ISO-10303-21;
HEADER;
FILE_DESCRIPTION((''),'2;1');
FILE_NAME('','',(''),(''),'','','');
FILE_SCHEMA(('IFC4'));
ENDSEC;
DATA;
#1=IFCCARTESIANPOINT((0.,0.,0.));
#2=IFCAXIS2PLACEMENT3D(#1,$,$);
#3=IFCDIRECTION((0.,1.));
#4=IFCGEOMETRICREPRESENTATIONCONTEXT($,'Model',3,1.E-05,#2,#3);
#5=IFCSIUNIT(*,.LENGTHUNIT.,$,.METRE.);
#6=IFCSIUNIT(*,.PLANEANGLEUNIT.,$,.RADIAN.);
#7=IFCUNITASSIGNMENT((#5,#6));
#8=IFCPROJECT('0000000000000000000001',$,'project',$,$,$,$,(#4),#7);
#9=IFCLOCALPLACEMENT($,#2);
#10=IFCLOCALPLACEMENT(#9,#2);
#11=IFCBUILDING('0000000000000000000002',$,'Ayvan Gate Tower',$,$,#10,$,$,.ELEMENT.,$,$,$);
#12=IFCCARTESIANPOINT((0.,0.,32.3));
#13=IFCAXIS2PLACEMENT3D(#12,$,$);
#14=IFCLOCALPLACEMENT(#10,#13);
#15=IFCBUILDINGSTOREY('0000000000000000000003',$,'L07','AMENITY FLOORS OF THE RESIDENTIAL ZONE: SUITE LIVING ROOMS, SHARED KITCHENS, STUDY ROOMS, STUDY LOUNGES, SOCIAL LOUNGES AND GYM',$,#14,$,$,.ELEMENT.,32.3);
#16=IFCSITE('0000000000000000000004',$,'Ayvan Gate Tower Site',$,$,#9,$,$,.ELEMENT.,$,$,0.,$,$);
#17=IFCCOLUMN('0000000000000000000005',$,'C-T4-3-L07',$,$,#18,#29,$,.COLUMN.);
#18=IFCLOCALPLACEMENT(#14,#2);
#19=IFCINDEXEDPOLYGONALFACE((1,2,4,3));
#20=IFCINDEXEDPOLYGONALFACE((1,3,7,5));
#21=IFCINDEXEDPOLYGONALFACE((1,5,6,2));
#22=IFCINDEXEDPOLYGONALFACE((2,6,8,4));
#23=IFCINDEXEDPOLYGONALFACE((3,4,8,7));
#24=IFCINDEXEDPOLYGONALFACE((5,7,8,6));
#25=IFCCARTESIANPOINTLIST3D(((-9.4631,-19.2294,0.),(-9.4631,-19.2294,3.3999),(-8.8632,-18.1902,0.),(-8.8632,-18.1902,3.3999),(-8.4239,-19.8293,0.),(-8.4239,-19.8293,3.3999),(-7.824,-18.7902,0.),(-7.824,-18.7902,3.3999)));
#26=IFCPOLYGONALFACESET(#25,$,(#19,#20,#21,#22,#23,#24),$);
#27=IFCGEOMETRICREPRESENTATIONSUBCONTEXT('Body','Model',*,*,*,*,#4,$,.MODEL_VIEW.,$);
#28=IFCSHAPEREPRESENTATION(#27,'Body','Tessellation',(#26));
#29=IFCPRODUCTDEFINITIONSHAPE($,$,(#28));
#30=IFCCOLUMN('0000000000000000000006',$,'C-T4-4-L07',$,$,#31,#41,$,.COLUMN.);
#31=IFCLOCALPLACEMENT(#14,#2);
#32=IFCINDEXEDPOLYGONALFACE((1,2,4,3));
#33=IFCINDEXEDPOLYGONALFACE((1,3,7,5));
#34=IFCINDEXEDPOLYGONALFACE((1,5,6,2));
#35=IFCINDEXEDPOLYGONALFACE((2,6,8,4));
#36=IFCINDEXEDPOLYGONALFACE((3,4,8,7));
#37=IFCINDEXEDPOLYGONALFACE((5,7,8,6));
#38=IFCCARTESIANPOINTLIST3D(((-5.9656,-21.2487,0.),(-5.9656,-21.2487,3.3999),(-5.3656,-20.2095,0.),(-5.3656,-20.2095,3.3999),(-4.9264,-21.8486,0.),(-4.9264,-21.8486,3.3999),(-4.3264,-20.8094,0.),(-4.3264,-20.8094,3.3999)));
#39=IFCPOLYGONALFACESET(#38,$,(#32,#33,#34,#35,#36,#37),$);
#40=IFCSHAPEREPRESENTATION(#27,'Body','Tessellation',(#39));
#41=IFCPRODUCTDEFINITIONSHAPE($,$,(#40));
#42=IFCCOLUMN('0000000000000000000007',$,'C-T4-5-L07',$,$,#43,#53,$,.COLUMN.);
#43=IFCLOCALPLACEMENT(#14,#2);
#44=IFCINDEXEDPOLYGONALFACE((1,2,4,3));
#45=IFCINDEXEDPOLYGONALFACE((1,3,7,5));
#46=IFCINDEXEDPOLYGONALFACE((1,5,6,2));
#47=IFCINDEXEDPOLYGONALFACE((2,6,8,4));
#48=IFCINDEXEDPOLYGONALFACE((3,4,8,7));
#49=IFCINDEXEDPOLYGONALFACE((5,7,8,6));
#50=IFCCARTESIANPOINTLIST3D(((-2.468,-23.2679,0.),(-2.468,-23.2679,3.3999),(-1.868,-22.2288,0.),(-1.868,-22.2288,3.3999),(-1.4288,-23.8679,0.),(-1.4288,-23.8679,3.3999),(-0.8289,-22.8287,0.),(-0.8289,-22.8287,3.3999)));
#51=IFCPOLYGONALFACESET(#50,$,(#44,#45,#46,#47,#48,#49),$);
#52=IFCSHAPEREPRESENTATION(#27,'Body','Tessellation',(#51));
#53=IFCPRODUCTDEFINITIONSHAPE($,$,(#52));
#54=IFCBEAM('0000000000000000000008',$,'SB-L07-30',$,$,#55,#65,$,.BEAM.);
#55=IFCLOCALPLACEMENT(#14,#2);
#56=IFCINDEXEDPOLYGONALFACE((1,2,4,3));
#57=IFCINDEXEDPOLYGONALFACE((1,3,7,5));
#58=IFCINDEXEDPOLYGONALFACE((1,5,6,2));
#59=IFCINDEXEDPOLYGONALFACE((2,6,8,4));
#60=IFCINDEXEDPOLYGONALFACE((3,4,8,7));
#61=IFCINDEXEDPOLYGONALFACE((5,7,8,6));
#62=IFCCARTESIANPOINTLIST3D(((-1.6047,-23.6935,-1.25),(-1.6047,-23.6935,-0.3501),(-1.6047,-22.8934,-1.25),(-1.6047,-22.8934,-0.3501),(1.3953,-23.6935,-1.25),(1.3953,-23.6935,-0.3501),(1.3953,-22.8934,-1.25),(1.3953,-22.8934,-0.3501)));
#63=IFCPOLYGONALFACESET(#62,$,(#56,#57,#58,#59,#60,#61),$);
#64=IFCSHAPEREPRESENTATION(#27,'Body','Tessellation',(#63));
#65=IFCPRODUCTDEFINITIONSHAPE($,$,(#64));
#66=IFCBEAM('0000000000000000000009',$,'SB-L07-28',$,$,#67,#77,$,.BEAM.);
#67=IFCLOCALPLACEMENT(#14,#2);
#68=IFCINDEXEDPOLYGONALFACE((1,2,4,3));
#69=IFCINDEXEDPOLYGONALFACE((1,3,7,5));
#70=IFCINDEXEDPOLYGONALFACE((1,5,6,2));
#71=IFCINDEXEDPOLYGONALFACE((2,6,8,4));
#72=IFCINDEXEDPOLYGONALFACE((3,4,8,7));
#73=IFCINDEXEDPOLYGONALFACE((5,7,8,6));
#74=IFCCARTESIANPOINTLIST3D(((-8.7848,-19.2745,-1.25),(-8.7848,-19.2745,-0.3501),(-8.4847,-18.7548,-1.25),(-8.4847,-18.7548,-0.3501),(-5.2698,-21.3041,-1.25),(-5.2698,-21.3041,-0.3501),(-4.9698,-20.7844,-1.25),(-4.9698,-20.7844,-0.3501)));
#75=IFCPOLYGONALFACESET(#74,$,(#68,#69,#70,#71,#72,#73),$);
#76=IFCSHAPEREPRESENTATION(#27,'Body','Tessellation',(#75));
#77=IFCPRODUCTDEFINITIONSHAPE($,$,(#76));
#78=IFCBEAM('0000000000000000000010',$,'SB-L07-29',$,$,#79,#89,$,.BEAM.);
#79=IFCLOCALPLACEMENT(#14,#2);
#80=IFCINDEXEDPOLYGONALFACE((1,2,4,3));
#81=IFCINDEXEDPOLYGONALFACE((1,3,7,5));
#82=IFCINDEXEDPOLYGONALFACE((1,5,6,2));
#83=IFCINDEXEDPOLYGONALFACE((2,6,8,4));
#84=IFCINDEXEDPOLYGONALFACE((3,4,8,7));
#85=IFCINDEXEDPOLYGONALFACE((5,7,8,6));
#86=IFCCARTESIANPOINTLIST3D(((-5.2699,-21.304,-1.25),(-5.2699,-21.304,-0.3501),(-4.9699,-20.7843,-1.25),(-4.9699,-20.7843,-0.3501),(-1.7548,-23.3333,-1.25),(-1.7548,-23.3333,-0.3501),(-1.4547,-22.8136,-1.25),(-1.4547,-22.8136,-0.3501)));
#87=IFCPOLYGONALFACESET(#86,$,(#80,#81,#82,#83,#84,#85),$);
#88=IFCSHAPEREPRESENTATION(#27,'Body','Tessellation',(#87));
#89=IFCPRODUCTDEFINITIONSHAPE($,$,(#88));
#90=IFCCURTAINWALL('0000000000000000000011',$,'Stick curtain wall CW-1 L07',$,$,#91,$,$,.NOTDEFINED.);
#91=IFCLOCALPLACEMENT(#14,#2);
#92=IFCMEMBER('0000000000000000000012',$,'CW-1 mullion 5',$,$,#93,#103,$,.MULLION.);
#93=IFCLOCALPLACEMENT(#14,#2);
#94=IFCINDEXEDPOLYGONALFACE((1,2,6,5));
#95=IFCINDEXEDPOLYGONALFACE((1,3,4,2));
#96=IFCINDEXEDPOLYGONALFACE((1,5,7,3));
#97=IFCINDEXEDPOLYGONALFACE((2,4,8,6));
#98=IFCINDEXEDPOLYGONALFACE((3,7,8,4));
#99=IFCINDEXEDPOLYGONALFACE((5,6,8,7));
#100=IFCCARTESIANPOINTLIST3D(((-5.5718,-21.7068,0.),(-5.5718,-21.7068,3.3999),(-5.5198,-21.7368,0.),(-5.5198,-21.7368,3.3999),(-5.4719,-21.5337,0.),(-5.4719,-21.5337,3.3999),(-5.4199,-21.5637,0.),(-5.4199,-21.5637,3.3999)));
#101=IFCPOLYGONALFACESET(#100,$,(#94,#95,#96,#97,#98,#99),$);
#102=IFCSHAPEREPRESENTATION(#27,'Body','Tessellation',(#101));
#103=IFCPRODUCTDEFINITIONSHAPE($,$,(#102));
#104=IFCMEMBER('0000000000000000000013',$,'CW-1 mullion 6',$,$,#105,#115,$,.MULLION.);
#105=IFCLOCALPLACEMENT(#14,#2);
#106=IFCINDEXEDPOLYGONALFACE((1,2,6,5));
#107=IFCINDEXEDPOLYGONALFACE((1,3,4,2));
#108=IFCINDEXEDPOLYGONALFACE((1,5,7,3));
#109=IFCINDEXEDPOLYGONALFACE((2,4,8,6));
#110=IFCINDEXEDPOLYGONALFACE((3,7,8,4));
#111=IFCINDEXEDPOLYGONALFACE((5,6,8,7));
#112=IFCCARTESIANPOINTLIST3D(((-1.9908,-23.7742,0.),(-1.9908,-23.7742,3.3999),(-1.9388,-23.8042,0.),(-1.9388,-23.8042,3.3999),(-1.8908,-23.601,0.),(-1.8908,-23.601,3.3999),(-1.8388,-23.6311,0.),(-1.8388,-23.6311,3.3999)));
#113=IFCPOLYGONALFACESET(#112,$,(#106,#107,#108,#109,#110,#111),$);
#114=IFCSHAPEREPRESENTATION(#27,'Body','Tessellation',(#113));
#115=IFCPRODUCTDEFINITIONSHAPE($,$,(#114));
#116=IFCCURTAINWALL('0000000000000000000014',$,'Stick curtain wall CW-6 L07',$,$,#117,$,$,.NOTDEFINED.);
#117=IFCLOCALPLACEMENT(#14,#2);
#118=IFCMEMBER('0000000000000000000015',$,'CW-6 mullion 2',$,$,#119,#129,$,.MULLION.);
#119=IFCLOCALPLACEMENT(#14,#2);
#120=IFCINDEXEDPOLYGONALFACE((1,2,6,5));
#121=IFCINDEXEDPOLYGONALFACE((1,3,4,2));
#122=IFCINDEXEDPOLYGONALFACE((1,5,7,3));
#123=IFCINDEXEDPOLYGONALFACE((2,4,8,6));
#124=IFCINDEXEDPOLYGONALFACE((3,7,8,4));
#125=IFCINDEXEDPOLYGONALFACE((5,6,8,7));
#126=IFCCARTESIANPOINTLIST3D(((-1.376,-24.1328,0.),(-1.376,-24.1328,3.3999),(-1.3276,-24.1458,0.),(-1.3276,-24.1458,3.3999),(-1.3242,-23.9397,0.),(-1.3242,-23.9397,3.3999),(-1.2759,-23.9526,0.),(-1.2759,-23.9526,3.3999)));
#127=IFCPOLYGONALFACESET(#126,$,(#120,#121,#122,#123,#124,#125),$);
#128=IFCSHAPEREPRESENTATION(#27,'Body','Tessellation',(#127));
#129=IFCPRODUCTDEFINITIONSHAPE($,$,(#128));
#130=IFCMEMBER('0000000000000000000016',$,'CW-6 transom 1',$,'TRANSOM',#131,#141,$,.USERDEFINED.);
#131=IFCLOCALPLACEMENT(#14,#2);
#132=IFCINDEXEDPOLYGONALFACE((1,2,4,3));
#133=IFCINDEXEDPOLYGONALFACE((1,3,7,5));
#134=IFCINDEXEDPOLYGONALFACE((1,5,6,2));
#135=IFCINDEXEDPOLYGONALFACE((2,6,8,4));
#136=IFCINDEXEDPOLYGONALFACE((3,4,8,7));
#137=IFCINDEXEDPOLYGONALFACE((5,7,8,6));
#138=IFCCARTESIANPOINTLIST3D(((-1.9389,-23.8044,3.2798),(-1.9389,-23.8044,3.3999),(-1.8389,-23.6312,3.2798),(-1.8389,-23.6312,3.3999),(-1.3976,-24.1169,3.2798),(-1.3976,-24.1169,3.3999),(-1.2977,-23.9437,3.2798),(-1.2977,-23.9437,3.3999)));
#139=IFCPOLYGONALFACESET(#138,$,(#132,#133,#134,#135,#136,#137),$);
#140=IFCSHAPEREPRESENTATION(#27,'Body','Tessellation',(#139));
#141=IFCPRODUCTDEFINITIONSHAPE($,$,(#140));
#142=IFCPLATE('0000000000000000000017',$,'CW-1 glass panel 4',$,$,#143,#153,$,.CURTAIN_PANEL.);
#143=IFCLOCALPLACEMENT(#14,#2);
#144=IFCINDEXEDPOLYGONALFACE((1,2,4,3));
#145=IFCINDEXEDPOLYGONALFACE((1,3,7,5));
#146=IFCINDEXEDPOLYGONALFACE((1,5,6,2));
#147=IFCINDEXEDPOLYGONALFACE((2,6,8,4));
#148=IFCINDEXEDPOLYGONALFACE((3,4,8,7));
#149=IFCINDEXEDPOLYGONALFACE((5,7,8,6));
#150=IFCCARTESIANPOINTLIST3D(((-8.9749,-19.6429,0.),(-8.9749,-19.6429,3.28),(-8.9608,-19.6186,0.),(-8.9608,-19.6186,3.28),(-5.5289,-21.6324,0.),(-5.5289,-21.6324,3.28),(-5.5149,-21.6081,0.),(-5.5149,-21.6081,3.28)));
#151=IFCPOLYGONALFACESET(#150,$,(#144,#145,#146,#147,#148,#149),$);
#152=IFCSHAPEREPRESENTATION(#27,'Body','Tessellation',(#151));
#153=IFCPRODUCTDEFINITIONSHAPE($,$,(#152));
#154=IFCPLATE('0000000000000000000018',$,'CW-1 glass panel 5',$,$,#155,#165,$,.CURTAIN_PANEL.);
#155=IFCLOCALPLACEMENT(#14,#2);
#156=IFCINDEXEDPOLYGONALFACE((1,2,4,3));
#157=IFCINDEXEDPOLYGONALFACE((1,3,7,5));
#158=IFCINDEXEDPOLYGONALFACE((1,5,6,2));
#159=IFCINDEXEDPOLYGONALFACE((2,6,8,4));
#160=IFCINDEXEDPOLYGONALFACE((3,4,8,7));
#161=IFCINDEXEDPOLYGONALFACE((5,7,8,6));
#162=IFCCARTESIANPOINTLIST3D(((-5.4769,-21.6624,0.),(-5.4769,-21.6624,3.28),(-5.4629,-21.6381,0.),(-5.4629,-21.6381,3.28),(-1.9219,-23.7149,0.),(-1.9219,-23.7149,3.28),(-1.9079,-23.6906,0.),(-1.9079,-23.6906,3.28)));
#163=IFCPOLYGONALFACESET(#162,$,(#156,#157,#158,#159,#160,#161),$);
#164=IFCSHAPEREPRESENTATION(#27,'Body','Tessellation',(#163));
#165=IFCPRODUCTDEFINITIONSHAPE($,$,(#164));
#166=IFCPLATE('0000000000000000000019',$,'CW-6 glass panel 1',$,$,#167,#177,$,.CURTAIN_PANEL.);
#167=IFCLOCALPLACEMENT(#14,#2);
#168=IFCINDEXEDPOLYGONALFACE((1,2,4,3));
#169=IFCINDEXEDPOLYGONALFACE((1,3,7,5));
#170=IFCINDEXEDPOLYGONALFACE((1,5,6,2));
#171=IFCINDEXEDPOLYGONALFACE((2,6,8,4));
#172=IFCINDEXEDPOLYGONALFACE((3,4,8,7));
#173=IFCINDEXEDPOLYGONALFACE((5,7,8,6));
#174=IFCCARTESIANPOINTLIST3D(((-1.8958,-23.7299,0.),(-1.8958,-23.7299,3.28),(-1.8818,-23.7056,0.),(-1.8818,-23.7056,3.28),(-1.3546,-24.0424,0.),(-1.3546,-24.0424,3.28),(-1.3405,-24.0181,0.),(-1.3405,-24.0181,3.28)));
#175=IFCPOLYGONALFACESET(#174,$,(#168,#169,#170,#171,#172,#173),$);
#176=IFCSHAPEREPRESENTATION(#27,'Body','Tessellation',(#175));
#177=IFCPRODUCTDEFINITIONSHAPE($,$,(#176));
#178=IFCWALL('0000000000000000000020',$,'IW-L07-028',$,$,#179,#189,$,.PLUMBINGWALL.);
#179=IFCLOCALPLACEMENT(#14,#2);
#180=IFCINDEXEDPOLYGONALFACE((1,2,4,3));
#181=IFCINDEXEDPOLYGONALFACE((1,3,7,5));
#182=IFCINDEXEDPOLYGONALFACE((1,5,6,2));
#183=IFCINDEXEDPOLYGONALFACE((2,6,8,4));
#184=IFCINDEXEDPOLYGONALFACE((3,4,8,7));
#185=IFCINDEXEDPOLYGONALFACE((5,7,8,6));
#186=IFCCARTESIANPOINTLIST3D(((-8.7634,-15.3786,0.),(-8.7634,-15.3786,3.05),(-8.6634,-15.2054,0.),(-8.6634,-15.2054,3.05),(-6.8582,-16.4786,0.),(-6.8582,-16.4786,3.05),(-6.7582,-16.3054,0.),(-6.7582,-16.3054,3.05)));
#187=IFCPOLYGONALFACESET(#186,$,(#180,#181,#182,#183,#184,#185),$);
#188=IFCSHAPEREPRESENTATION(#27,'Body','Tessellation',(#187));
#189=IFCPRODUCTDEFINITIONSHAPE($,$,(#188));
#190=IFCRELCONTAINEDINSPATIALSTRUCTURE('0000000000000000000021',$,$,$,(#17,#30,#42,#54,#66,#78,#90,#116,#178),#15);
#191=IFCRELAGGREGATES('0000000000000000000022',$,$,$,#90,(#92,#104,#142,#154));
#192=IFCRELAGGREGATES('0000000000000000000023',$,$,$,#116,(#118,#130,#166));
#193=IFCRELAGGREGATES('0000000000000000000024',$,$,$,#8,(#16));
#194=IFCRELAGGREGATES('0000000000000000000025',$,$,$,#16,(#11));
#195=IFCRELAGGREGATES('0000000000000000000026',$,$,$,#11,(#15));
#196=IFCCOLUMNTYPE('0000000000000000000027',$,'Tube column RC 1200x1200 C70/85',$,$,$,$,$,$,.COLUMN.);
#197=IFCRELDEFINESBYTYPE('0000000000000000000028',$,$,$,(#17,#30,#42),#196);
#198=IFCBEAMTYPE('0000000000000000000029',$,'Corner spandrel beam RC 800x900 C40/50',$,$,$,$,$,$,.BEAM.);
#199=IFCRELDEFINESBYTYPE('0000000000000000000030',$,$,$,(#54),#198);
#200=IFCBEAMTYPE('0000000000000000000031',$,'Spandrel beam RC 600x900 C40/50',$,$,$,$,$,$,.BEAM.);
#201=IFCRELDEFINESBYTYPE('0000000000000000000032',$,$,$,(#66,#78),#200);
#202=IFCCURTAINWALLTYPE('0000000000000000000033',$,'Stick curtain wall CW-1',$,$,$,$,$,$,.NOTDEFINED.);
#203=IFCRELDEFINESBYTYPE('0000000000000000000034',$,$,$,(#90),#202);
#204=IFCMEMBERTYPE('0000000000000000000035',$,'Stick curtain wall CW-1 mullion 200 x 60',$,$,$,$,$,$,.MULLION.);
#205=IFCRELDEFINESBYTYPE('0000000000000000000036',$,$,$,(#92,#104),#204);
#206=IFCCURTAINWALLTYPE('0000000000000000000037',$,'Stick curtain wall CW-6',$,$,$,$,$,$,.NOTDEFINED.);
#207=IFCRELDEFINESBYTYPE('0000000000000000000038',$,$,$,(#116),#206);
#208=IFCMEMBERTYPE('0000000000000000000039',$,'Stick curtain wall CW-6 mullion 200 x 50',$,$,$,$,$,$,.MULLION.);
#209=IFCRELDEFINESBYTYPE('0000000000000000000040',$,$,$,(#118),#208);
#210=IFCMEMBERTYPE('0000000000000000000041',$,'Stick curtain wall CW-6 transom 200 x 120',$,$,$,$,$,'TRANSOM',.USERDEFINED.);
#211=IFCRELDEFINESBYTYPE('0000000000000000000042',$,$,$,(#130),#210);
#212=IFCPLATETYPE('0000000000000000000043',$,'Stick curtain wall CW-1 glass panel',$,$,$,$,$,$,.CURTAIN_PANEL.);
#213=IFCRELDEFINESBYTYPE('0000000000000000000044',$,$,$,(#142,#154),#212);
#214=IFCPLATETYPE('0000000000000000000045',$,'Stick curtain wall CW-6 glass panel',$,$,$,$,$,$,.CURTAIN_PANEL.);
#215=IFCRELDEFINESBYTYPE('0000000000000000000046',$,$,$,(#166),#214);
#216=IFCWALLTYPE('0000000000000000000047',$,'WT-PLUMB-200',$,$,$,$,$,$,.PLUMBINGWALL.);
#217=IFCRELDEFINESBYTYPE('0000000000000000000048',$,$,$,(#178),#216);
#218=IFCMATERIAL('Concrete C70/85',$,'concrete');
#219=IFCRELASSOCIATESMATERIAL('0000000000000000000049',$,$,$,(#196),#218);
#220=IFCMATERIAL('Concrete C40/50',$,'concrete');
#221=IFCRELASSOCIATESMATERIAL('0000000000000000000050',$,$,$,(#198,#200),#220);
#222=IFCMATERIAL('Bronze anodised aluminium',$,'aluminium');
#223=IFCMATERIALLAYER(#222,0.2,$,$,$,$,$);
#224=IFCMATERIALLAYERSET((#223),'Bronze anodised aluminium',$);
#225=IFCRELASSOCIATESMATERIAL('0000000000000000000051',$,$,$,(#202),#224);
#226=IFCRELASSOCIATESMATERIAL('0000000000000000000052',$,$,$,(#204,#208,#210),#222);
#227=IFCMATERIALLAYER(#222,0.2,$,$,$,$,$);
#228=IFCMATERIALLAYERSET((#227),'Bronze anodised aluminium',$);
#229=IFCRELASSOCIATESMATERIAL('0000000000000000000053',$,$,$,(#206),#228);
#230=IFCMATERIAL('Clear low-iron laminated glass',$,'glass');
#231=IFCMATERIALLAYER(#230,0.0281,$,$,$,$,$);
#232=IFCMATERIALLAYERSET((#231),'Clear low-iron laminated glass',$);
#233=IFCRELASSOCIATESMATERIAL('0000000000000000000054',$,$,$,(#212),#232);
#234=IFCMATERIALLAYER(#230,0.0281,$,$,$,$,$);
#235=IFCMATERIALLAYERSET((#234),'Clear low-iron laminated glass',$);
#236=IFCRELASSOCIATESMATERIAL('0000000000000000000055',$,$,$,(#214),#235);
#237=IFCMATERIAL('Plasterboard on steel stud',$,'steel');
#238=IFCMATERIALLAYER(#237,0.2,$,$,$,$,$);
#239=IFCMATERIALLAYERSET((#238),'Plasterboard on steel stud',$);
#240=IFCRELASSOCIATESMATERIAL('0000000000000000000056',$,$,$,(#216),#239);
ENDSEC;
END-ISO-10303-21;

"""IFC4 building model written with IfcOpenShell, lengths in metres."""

from ifc_helpers import new_model, si_unit, direction, frame, frame_2d, origin, origin_2d, place, context, subcontext, project, spatial, rectangle, extrude, material, layer, layer_set, material_profile, profile_set, type_object, element, aggregate, save


model = new_model("IFC4")

# Units and contexts
model_context = context("Model", 3, precision=1e-05, world=origin(), true_north=direction((0.0, 1.0)))
body_context = subcontext(model_context, "Body", "Model", "MODEL_VIEW")
ifc_project = project(units=[si_unit("LENGTHUNIT", "METRE"), si_unit("PLANEANGLEUNIT", "RADIAN")], contexts=[model_context])

# Site, building, storey
site_placement = place(None, origin())
site = spatial("IfcSite", under=ifc_project, at=site_placement, Name="Ayvan Gate Tower Site", CompositionType="ELEMENT", RefElevation=0.0)
building_placement = place(site_placement, origin())
building = spatial("IfcBuilding", under=site, at=building_placement, Name="Ayvan Gate Tower", CompositionType="ELEMENT")
storey_placement = place(building_placement, frame((0.0, 0.0, 32.3)))
storey = spatial("IfcBuildingStorey", under=building, at=storey_placement, Name="L07", Description="AMENITY FLOORS OF THE RESIDENTIAL ZONE: SUITE LIVING ROOMS, SHARED KITCHENS, STUDY ROOMS, STUDY LOUNGES, SOCIAL LOUNGES AND GYM", CompositionType="ELEMENT", Elevation=32.3)

# Columns
ifc_material_1 = material(Name="Concrete C70/85", Category="concrete")
ifc_material_profile_1 = material_profile(ifc_material_1, rectangle(XDim=1.2, YDim=1.2, at=origin_2d()), Name="RC 1200x1200")
ifc_profile_set_1 = profile_set([ifc_material_profile_1], Name="Concrete C70/85")
column_type = type_object("IfcColumnType", Name="Tube column RC 1200x1200 C70/85", PredefinedType="COLUMN", material=ifc_profile_set_1)
for number, where, z_axis, x_axis, name in (
    (1, (-8.6436, -19.0098, 0.0), (0.0, 0.0, 1.0), (-0.5, -0.866025, 0.0), "C-T4-3-L07"),
    (2, (-5.146, -21.0291, 0.0), (0.0, 0.0, 1.0), (-0.5, -0.866025, 0.0), "C-T4-4-L07"),
    (3, (-1.6484, -23.0483, 0.0), (0.0, 0.0, 1.0), (-0.5, -0.866025, 0.0), "C-T4-5-L07"),
):
    element("IfcColumn", number, at=place(storey_placement, frame(where, z_axis=z_axis, x_axis=x_axis)), inside=storey, type_object=column_type, Name=name, PredefinedType="COLUMN", context=body_context, shape_type="SweptSolid", body=[
        extrude(rectangle(XDim=1.2, YDim=1.2, at=origin_2d()), origin(), (0.0, 0.0, 1.0), 3.3999),
    ])

# Beams
ifc_material_2 = material(Name="Concrete C40/50", Category="concrete")
ifc_material_profile_2 = material_profile(ifc_material_2, rectangle(XDim=0.8, YDim=0.8999, at=origin_2d()), Name="RC 800x900")
ifc_profile_set_2 = profile_set([ifc_material_profile_2], Name="Concrete C40/50")
beam_type_1 = type_object("IfcBeamType", Name="Corner spandrel beam RC 800x900 C40/50", PredefinedType="BEAM", material=ifc_profile_set_2)
beam_placement = place(storey_placement, frame((-1.6047, -23.2935, -0.8), z_axis=(1.0, 0.0, 0.0), x_axis=(0.0, 1.0, 0.0)))
element("IfcBeam", 4, at=beam_placement, inside=storey, type_object=beam_type_1, Name="SB-L07-30", PredefinedType="BEAM", context=body_context, shape_type="SweptSolid", body=[
    extrude(rectangle(XDim=0.8, YDim=0.8999, at=origin_2d()), origin(), (0.0, 0.0, 1.0), 3.0),
])
ifc_material_profile_3 = material_profile(ifc_material_2, rectangle(XDim=0.6001, YDim=0.8999, at=origin_2d()), Name="RC 600x900")
ifc_profile_set_3 = profile_set([ifc_material_profile_3], Name="Concrete C40/50")
beam_type_2 = type_object("IfcBeamType", Name="Spandrel beam RC 600x900 C40/50", PredefinedType="BEAM", material=ifc_profile_set_3)
for number, where, z_axis, x_axis, name in (
    (5, (-8.6348, -19.0146, -0.8), (0.866002, -0.50004, 0.0), (0.50004, 0.866002, 0.0), "SB-L07-28"),
    (6, (-5.1199, -21.0442, -0.8), (0.866043, -0.499969, 0.0), (0.499969, 0.866043, 0.0), "SB-L07-29"),
):
    element("IfcBeam", number, at=place(storey_placement, frame(where, z_axis=z_axis, x_axis=x_axis)), inside=storey, type_object=beam_type_2, Name=name, PredefinedType="BEAM", context=body_context, shape_type="SweptSolid", body=[
        extrude(rectangle(XDim=0.6001, YDim=0.8999, at=origin_2d()), origin(), (0.0, 0.0, 1.0), 4.0588),
    ])

# Curtain walls, members
ifc_material_3 = material(Name="Bronze anodised aluminium", Category="aluminium")
ifc_layer_1 = layer(ifc_material_3, 0.2)
ifc_layer_set_1 = layer_set([ifc_layer_1], Name="Bronze anodised aluminium")
curtain_wall_type_1 = type_object("IfcCurtainWallType", Name="Stick curtain wall CW-1", PredefinedType="NOTDEFINED", material=ifc_layer_set_1)
curtain_wall_1_placement = place(storey_placement, origin())
curtain_wall_1 = element("IfcCurtainWall", 7, at=curtain_wall_1_placement, inside=storey, type_object=curtain_wall_type_1, Name="Stick curtain wall CW-1 L07", PredefinedType="NOTDEFINED")
ifc_material_profile_4 = material_profile(ifc_material_3, rectangle(XDim=0.2, YDim=0.0601, at=origin_2d()), Name="Stick curtain wall CW-1 mullion 200 x 60")
ifc_profile_set_4 = profile_set([ifc_material_profile_4], Name="Bronze anodised aluminium")
member_type_1 = type_object("IfcMemberType", Name="Stick curtain wall CW-1 mullion 200 x 60", PredefinedType="MULLION", material=ifc_profile_set_4)
member_1_placement = place(storey_placement, frame((-5.4958, -21.6353, 0.0), z_axis=(0.0, 0.0, 1.0), x_axis=(-0.5, -0.866025, 0.0)))
member_1 = element("IfcMember", 8, at=member_1_placement, type_object=member_type_1, Name="CW-1 mullion 5", PredefinedType="MULLION", context=body_context, shape_type="SweptSolid", body=[
    extrude(rectangle(XDim=0.2, YDim=0.0601, at=origin_2d()), origin(), (0.0, 0.0, 1.0), 3.3999),
])
member_2_placement = place(storey_placement, frame((-1.9148, -23.7026, 0.0), z_axis=(0.0, 0.0, 1.0), x_axis=(-0.5, -0.866025, 0.0)))
member_2 = element("IfcMember", 9, at=member_2_placement, type_object=member_type_1, Name="CW-1 mullion 6", PredefinedType="MULLION", context=body_context, shape_type="SweptSolid", body=[
    extrude(rectangle(XDim=0.2, YDim=0.0601, at=origin_2d()), origin(), (0.0, 0.0, 1.0), 3.3999),
])
ifc_layer_2 = layer(ifc_material_3, 0.2)
ifc_layer_set_2 = layer_set([ifc_layer_2], Name="Bronze anodised aluminium")
curtain_wall_type_2 = type_object("IfcCurtainWallType", Name="Stick curtain wall CW-6", PredefinedType="NOTDEFINED", material=ifc_layer_set_2)
curtain_wall_2_placement = place(storey_placement, origin())
curtain_wall_2 = element("IfcCurtainWall", 10, at=curtain_wall_2_placement, inside=storey, type_object=curtain_wall_type_2, Name="Stick curtain wall CW-6 L07", PredefinedType="NOTDEFINED")
ifc_material_profile_5 = material_profile(ifc_material_3, rectangle(XDim=0.2, YDim=0.05, at=origin_2d()), Name="Stick curtain wall CW-6 mullion 200 x 50")
ifc_profile_set_5 = profile_set([ifc_material_profile_5], Name="Bronze anodised aluminium")
member_type_2 = type_object("IfcMemberType", Name="Stick curtain wall CW-6 mullion 200 x 50", PredefinedType="MULLION", material=ifc_profile_set_5)
member_3_placement = place(storey_placement, frame((-1.3259, -24.0427, 0.0), z_axis=(0.0, 0.0, 1.0), x_axis=(-0.258819, -0.965926, 0.0)))
member_3 = element("IfcMember", 11, at=member_3_placement, type_object=member_type_2, Name="CW-6 mullion 2", PredefinedType="MULLION", context=body_context, shape_type="SweptSolid", body=[
    extrude(rectangle(XDim=0.2, YDim=0.05, at=origin_2d()), origin(), (0.0, 0.0, 1.0), 3.3999),
])
ifc_material_profile_6 = material_profile(ifc_material_3, rectangle(XDim=0.2, YDim=0.1201, at=origin_2d()), Name="Stick curtain wall CW-6 transom 200 x 120")
ifc_profile_set_6 = profile_set([ifc_material_profile_6], Name="Bronze anodised aluminium")
member_type_3 = type_object("IfcMemberType", Name="Stick curtain wall CW-6 transom 200 x 120", ElementType="TRANSOM", PredefinedType="USERDEFINED", material=ifc_profile_set_6)
member_4_placement = place(storey_placement, frame((-1.8889, -23.7178, 3.3398), z_axis=(0.866023, -0.500004, 0.0), x_axis=(0.500004, 0.866023, 0.0)))
member_4 = element("IfcMember", 12, at=member_4_placement, type_object=member_type_3, Name="CW-6 transom 1", ObjectType="TRANSOM", PredefinedType="USERDEFINED", context=body_context, shape_type="SweptSolid", body=[
    extrude(rectangle(XDim=0.2, YDim=0.1201, at=origin_2d()), origin(), (0.0, 0.0, 1.0), 0.625),
])

# Plates
ifc_material_4 = material(Name="Clear low-iron laminated glass", Category="glass")
ifc_layer_3 = layer(ifc_material_4, 0.0281)
ifc_layer_set_3 = layer_set([ifc_layer_3], Name="Clear low-iron laminated glass")
plate_type_1 = type_object("IfcPlateType", Name="Stick curtain wall CW-1 glass panel", PredefinedType="CURTAIN_PANEL", material=ifc_layer_set_3)
plate_1_placement = place(storey_placement, frame((-7.2449, -20.6255, 0.0), z_axis=(0.0, 0.0, 1.0), x_axis=(0.866025, -0.5, 0.0)))
plate_1 = element("IfcPlate", 13, at=plate_1_placement, type_object=plate_type_1, Name="CW-1 glass panel 4", PredefinedType="CURTAIN_PANEL", context=body_context, shape_type="SweptSolid", body=[
    extrude(rectangle(XDim=3.979, YDim=0.0281, at=origin_2d()), origin(), (0.0, 0.0, 1.0), 3.28),
])
plate_2_placement = place(storey_placement, frame((-3.6924, -22.6765, 0.0), z_axis=(0.0, 0.0, 1.0), x_axis=(0.866025, -0.5, 0.0)))
plate_2 = element("IfcPlate", 14, at=plate_2_placement, type_object=plate_type_1, Name="CW-1 glass panel 5", PredefinedType="CURTAIN_PANEL", context=body_context, shape_type="SweptSolid", body=[
    extrude(rectangle(XDim=4.105, YDim=0.0281, at=origin_2d()), origin(), (0.0, 0.0, 1.0), 3.28),
])
aggregate(curtain_wall_1, [member_1, member_2, plate_1, plate_2])
ifc_layer_4 = layer(ifc_material_4, 0.0281)
ifc_layer_set_4 = layer_set([ifc_layer_4], Name="Clear low-iron laminated glass")
plate_type_2 = type_object("IfcPlateType", Name="Stick curtain wall CW-6 glass panel", PredefinedType="CURTAIN_PANEL", material=ifc_layer_set_4)
plate_3_placement = place(storey_placement, frame((-1.6182, -23.874, 0.0), z_axis=(0.0, 0.0, 1.0), x_axis=(0.866025, -0.5, 0.0)))
plate_3 = element("IfcPlate", 15, at=plate_3_placement, type_object=plate_type_2, Name="CW-6 glass panel 1", PredefinedType="CURTAIN_PANEL", context=body_context, shape_type="SweptSolid", body=[
    extrude(rectangle(XDim=0.625, YDim=0.0281, at=origin_2d()), origin(), (0.0, 0.0, 1.0), 3.28),
])
aggregate(curtain_wall_2, [member_3, member_4, plate_3])

# Wall
ifc_material_5 = material(Name="Plasterboard on steel stud", Category="steel")
ifc_layer_5 = layer(ifc_material_5, 0.2)
ifc_layer_set_5 = layer_set([ifc_layer_5], Name="Plasterboard on steel stud")
wall_type_1 = type_object("IfcWallType", Name="WT-PLUMB-200", PredefinedType="PLUMBINGWALL", material=ifc_layer_set_5)
wall_1_placement = place(storey_placement, frame((-6.8081, -16.3921, 0.0), z_axis=(0.0, 0.0, 1.0), x_axis=(-0.866008, 0.50003, 0.0)))
element("IfcWall", 16, at=wall_1_placement, inside=storey, type_object=wall_type_1, Name="IW-L07-028", PredefinedType="PLUMBINGWALL", context=body_context, shape_type="SweptSolid", body=[
    extrude(rectangle(XDim=2.2, YDim=0.2, at=frame_2d((1.1001, 0.0))), origin(), (0.0, 0.0, 1.0), 3.05),
])

save(model, "model.ifc")
